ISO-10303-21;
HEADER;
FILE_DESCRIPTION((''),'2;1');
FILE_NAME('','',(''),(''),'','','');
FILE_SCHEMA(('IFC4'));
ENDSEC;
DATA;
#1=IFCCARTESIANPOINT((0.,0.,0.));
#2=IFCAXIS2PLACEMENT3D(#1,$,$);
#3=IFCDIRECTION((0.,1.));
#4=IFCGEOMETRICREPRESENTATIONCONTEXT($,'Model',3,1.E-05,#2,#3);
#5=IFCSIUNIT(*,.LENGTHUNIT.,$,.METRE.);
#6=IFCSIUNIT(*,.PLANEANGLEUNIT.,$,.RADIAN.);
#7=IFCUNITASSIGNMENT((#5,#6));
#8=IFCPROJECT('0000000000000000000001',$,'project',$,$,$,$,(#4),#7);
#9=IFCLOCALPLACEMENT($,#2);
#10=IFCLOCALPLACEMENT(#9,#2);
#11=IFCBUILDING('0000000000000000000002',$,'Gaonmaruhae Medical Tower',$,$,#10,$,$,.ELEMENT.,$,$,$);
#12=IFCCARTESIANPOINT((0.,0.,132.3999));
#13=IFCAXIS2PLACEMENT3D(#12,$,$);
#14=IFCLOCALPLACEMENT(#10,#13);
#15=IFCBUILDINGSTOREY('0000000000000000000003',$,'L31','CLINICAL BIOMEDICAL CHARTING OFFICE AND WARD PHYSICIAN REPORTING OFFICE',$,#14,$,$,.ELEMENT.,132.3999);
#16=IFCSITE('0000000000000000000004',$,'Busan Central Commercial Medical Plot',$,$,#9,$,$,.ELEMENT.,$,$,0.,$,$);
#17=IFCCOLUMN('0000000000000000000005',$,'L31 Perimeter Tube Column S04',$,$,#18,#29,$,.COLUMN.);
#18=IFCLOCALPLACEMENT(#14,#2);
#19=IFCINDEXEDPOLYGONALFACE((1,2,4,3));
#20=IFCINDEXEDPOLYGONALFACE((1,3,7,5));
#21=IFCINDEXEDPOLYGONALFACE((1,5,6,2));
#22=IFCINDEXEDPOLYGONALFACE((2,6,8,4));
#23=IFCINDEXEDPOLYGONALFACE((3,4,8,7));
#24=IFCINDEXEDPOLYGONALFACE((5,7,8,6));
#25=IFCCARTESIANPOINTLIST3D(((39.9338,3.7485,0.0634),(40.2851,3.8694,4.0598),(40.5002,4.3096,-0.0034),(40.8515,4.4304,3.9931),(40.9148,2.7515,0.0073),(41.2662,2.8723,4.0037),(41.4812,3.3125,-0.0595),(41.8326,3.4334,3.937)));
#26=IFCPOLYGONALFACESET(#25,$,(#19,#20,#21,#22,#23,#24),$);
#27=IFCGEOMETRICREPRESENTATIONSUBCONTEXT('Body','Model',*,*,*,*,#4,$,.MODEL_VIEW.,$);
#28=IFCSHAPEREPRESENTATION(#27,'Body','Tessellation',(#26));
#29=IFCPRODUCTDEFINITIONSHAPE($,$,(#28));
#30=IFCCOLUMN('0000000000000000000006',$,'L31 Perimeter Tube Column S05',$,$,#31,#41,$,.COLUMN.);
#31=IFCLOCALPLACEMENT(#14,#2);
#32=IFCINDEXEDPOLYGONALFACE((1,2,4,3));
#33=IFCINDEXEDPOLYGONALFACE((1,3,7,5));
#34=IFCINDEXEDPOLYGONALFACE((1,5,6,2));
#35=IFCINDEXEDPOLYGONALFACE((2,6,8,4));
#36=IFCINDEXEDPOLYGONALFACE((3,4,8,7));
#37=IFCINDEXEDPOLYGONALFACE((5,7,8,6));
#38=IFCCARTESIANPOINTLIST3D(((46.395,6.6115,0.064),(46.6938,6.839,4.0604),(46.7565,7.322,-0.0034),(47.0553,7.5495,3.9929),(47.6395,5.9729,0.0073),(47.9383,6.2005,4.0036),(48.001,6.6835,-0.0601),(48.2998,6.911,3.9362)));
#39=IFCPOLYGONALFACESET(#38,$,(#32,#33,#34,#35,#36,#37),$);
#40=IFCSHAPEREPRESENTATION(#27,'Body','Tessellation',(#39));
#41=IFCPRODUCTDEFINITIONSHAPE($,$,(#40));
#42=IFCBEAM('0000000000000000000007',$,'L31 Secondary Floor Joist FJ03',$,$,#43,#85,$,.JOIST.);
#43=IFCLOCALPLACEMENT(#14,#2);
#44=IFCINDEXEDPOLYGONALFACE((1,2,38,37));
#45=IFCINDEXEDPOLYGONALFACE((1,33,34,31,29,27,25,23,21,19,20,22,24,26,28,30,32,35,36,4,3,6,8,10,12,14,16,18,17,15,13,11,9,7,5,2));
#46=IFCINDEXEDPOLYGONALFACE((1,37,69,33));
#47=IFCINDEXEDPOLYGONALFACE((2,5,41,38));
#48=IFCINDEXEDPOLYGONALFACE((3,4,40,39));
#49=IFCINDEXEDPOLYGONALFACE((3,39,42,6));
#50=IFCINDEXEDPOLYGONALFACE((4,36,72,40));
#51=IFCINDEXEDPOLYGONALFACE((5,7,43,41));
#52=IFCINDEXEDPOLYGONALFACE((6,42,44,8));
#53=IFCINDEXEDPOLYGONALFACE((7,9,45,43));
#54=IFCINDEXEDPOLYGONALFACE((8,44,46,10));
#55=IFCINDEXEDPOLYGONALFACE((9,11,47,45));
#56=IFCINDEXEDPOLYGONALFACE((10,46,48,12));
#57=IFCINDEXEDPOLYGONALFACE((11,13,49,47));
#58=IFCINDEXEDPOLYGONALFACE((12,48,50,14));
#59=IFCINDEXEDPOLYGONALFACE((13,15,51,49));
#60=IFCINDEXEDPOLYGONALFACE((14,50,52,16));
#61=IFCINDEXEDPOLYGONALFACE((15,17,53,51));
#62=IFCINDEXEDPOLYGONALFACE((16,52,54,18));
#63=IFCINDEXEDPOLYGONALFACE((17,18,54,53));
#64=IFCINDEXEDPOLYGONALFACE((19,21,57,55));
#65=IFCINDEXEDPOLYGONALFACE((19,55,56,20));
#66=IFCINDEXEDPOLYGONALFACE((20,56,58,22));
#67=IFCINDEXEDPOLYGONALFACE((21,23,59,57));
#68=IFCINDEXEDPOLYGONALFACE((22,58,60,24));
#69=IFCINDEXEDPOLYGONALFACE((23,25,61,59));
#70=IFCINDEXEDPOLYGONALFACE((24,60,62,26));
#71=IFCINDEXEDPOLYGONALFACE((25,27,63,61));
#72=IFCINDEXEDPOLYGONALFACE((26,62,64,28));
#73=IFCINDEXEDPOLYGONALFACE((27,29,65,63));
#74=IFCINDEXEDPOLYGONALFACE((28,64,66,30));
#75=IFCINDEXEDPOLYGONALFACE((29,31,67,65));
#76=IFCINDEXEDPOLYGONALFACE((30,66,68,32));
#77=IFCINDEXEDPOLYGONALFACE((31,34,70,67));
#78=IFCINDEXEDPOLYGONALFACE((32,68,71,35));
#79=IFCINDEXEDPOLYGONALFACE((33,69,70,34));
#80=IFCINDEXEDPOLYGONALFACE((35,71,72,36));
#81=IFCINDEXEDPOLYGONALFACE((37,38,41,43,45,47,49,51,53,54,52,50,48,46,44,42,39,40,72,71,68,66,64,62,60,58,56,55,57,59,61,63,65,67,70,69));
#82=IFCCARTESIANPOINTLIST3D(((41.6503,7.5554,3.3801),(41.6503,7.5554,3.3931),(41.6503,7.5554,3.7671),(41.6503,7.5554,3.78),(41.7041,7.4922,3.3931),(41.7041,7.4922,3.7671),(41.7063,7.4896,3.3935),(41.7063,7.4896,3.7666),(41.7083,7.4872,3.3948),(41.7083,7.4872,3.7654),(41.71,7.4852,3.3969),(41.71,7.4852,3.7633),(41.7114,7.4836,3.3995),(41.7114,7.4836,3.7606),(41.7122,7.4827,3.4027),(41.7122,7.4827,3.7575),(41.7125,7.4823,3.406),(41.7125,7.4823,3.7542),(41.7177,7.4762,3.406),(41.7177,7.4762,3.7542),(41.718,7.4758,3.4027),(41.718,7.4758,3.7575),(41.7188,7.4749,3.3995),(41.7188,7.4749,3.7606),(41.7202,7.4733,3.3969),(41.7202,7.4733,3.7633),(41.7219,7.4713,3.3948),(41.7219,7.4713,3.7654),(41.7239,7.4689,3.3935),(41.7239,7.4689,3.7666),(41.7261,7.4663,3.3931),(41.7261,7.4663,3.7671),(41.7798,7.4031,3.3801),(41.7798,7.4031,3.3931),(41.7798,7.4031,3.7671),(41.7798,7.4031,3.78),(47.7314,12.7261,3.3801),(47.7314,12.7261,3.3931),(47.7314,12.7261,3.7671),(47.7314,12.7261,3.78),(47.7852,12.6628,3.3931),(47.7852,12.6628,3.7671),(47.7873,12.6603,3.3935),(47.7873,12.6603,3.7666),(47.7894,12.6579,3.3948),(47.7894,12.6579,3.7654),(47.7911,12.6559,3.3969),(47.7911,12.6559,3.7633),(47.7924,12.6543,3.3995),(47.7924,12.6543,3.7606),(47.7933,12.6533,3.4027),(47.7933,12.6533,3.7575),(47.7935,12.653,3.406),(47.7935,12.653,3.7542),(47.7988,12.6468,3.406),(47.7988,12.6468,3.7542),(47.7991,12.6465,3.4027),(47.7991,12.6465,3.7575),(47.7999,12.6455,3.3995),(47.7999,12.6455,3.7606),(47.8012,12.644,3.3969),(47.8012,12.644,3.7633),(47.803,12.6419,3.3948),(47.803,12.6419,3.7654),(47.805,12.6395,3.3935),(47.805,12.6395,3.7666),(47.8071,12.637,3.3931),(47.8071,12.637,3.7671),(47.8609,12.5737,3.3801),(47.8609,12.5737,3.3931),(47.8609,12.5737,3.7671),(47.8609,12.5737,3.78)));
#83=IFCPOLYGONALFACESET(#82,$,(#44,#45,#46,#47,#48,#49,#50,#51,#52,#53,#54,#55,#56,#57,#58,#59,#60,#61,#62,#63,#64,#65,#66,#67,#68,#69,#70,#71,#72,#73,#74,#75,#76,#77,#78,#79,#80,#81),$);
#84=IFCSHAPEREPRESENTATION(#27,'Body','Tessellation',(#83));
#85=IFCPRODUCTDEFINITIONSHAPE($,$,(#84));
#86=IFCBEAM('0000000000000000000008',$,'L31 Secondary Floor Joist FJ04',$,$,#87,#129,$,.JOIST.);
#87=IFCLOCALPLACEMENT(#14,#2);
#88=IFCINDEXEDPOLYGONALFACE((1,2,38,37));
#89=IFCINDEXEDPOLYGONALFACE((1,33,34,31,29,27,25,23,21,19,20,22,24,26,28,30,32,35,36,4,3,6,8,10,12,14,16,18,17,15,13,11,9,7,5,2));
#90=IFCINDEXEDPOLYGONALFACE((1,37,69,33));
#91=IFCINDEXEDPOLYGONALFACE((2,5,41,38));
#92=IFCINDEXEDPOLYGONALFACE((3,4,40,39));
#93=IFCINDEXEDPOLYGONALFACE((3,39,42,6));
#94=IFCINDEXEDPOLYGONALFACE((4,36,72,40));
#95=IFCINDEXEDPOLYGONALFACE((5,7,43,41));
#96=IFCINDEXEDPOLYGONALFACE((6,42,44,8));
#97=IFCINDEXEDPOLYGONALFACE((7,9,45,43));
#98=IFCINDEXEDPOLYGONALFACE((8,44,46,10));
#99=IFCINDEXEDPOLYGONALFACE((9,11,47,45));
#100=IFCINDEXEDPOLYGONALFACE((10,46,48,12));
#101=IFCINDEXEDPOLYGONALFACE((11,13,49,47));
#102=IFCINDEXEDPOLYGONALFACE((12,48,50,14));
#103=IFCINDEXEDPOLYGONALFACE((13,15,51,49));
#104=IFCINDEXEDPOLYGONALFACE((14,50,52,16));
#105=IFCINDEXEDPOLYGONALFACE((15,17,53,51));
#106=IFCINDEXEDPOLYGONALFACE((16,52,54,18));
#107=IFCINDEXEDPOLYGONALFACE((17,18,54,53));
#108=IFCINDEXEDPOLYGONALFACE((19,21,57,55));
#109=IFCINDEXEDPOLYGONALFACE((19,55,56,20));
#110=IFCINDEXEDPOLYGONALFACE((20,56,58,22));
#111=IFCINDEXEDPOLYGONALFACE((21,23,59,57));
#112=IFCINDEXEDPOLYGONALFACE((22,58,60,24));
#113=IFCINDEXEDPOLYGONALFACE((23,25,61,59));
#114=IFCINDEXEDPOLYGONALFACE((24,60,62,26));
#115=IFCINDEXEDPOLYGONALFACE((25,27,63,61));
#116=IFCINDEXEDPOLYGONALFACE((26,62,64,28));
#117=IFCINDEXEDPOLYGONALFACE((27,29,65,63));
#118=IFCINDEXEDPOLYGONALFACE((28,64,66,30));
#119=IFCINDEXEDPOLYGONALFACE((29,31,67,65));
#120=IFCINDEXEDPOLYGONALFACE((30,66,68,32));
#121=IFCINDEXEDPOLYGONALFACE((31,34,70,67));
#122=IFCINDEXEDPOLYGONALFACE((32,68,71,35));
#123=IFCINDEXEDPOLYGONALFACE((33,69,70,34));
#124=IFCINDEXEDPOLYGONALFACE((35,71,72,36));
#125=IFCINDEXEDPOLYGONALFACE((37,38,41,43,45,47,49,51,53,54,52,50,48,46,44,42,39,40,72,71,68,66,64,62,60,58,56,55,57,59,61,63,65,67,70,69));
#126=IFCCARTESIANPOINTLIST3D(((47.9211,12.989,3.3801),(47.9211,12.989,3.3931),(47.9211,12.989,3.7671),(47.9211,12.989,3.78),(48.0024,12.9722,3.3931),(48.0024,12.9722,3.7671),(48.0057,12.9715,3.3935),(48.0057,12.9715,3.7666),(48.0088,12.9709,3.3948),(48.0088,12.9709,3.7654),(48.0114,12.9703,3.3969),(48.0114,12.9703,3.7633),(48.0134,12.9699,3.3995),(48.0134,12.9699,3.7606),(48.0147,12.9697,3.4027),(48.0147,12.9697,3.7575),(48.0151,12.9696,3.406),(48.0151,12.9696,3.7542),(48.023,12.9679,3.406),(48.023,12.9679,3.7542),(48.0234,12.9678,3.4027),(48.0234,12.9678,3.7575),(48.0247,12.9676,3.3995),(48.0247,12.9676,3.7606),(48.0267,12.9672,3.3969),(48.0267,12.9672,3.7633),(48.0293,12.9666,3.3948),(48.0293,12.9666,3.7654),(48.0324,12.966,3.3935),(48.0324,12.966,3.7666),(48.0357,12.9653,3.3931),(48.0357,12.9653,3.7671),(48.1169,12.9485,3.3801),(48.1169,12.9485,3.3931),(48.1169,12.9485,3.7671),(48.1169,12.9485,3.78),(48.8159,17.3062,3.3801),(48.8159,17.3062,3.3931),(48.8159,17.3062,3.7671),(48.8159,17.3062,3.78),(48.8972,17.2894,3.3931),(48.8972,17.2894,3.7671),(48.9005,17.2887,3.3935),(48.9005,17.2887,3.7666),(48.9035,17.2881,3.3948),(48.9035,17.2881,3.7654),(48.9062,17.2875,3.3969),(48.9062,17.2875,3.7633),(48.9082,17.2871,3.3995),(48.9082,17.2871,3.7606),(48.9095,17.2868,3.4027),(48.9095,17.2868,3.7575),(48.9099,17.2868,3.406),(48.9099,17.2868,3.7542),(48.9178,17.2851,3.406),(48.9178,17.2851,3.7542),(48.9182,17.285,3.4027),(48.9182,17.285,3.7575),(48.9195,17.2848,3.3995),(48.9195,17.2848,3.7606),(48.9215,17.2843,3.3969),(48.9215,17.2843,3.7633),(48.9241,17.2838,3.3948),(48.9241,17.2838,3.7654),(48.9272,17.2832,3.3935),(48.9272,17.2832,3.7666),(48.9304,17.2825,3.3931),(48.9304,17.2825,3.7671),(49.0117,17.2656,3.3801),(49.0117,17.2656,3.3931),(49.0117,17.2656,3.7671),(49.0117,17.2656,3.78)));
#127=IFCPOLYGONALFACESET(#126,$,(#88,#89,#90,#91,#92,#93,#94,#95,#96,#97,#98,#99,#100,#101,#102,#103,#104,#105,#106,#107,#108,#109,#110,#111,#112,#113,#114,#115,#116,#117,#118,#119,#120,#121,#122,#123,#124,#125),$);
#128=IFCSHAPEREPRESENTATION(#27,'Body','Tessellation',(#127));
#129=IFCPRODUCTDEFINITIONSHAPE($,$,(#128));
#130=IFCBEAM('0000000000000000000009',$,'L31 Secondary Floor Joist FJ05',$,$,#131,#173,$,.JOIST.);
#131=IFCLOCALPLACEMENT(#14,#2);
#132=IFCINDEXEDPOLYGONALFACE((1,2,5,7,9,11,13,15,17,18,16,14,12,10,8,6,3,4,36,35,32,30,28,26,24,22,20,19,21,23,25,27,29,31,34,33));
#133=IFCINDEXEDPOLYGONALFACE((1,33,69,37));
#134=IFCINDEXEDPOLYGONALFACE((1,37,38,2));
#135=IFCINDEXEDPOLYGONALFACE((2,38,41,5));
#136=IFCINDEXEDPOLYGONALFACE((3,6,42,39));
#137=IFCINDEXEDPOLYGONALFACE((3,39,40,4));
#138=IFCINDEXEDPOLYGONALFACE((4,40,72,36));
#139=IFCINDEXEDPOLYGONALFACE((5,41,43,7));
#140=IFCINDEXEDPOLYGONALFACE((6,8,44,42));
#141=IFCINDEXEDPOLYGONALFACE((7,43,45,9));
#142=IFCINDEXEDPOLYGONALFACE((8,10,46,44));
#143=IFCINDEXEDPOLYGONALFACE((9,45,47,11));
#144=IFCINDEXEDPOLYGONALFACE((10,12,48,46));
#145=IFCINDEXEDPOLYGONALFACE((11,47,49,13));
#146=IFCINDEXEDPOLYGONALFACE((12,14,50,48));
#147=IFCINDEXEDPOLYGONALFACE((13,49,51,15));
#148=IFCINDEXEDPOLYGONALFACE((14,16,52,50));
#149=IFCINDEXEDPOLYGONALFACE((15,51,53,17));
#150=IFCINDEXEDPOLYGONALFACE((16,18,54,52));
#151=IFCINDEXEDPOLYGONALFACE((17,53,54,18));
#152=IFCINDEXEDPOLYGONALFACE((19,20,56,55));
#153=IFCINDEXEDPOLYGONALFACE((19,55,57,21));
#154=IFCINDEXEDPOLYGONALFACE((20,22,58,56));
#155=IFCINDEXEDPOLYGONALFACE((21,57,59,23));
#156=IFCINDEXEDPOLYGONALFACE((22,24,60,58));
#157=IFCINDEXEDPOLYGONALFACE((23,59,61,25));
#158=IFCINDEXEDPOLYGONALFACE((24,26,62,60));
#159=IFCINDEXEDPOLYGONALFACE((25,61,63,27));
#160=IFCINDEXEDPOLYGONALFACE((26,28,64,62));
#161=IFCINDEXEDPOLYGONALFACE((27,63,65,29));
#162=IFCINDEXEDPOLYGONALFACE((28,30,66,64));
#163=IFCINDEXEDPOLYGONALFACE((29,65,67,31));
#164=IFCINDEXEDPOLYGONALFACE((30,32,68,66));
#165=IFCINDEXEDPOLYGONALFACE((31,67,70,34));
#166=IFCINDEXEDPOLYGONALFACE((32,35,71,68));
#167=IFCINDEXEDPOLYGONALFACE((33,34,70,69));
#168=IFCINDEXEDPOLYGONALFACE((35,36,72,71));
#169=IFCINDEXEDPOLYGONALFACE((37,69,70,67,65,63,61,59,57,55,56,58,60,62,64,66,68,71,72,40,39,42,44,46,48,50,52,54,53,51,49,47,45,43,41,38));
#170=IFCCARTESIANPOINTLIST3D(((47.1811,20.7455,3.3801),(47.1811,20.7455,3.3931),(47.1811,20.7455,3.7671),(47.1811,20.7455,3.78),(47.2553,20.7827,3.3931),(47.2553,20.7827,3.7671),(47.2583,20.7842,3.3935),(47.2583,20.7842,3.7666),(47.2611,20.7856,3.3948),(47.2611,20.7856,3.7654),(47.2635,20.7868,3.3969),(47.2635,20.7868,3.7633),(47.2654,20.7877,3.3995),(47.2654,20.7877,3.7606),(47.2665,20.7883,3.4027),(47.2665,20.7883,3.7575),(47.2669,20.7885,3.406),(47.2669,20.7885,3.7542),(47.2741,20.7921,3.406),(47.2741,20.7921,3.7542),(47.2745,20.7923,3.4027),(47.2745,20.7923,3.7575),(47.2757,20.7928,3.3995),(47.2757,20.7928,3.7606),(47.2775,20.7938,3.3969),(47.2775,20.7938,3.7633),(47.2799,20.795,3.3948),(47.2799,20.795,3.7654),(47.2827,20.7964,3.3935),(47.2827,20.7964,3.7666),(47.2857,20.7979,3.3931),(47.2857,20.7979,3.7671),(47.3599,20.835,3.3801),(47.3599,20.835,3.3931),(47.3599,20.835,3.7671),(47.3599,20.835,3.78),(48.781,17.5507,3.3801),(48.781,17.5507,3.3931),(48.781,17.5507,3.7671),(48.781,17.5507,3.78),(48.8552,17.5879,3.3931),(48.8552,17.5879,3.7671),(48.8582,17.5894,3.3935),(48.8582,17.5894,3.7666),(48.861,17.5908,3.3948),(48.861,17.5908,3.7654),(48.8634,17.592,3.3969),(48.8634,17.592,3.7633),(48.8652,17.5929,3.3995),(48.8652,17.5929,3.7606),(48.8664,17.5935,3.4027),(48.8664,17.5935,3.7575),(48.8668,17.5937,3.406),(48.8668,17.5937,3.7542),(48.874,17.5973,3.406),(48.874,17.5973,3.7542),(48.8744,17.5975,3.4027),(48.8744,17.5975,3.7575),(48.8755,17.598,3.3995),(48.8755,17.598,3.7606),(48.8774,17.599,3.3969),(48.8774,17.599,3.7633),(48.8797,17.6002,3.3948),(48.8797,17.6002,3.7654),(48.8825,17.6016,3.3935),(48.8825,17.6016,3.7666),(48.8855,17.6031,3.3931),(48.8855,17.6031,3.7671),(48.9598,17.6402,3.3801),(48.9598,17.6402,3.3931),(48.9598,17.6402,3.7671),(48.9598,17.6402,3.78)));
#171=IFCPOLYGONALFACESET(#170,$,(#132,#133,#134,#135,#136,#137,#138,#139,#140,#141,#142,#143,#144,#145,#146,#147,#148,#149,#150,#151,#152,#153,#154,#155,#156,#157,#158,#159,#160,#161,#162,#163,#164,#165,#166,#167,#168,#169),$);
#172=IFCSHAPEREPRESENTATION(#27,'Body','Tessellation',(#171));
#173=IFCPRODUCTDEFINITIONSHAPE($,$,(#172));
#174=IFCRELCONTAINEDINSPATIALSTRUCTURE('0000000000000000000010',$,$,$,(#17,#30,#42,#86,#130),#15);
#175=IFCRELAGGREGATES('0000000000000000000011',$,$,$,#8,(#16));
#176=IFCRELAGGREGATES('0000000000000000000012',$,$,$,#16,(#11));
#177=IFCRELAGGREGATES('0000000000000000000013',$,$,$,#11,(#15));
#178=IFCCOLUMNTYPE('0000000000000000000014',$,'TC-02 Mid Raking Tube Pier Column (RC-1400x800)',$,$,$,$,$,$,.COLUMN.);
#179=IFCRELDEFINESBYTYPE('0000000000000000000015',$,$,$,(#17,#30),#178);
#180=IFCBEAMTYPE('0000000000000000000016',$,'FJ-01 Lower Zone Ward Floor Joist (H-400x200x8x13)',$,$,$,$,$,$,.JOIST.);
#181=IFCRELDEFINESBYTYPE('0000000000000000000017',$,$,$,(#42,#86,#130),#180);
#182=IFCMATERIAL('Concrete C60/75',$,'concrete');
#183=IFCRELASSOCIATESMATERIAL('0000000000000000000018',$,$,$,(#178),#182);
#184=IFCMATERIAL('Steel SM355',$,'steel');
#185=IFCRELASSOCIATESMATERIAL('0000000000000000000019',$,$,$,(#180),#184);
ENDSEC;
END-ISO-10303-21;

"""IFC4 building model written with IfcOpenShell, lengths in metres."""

from ifc_helpers import new_model, si_unit, direction, frame, origin, origin_2d, place, context, subcontext, project, spatial, rectangle, i_section, extrude, material, material_profile, profile_set, type_object, element, save


model = new_model("IFC4")

# Units and contexts
model_context = context("Model", 3, precision=1e-05, world=origin(), true_north=direction((0.0, 1.0)))
body_context = subcontext(model_context, "Body", "Model", "MODEL_VIEW")
ifc_project = project(units=[si_unit("LENGTHUNIT", "METRE"), si_unit("PLANEANGLEUNIT", "RADIAN")], contexts=[model_context])

# Site, building, storey
site_placement = place(None, origin())
site = spatial("IfcSite", under=ifc_project, at=site_placement, Name="Busan Central Commercial Medical Plot", CompositionType="ELEMENT", RefElevation=0.0)
building_placement = place(site_placement, origin())
building = spatial("IfcBuilding", under=site, at=building_placement, Name="Gaonmaruhae Medical Tower", CompositionType="ELEMENT")
storey_placement = place(building_placement, frame((0.0, 0.0, 132.3999)))
storey = spatial("IfcBuildingStorey", under=building, at=storey_placement, Name="L31", Description="CLINICAL BIOMEDICAL CHARTING OFFICE AND WARD PHYSICIAN REPORTING OFFICE", CompositionType="ELEMENT", Elevation=132.3999)

# Columns
ifc_material_1 = material(Name="Concrete C60/75", Category="concrete")
ifc_material_profile_1 = material_profile(ifc_material_1, rectangle(XDim=1.3999, YDim=0.8, at=origin_2d()), Name="RC-1400x800")
ifc_profile_set_1 = profile_set([ifc_material_profile_1], Name="Concrete C60/75")
column_type = type_object("IfcColumnType", Name="TC-02 Mid Raking Tube Pier Column (RC-1400x800)", PredefinedType="COLUMN", material=ifc_profile_set_1)
column_1_placement = place(storey_placement, frame((40.7075, 3.5305, 0.002), z_axis=(0.087533, 0.03011, 0.995706), x_axis=(-0.700801, 0.71223, 0.04007)))
element("IfcColumn", 1, at=column_1_placement, inside=storey, type_object=column_type, Name="L31 Perimeter Tube Column S04", PredefinedType="COLUMN", context=body_context, shape_type="SweptSolid", body=[
    extrude(rectangle(XDim=1.3999, YDim=0.8, at=origin_2d()), origin(), (0.0, 0.0, 1.0), 4.0137),
])
column_2_placement = place(storey_placement, frame((47.198, 6.6475, 0.002), z_axis=(0.074447, 0.056687, 0.995612), x_axis=(-0.888996, 0.45612, 0.040505)))
element("IfcColumn", 2, at=column_2_placement, inside=storey, type_object=column_type, Name="L31 Perimeter Tube Column S05", PredefinedType="COLUMN", context=body_context, shape_type="SweptSolid", body=[
    extrude(rectangle(XDim=1.3999, YDim=0.8, at=origin_2d()), origin(), (0.0, 0.0, 1.0), 4.0139),
])

# Beams
ifc_material_2 = material(Name="Steel SM355", Category="steel")
ifc_material_profile_2 = material_profile(ifc_material_2, i_section(OverallWidth=0.2, OverallDepth=0.3999, WebThickness=0.0081, FlangeThickness=0.0129, FilletRadius=0.0129, at=origin_2d()), Name="H-400x200x8x13")
ifc_profile_set_2 = profile_set([ifc_material_profile_2], Name="Steel SM355")
beam_type_1 = type_object("IfcBeamType", Name="FJ-01 Lower Zone Ward Floor Joist (H-400x200x8x13)", PredefinedType="JOIST", material=ifc_profile_set_2)
beam_1_placement = place(storey_placement, frame((41.7151, 7.4792, 3.5801), z_axis=(0.761831, 0.647776, 0.0), x_axis=(-0.647776, 0.761831, 0.0)))
element("IfcBeam", 3, at=beam_1_placement, inside=storey, type_object=beam_type_1, Name="L31 Secondary Floor Joist FJ03", PredefinedType="JOIST", context=body_context, shape_type="SweptSolid", body=[
    extrude(i_section(OverallWidth=0.2, OverallDepth=0.3999, WebThickness=0.0081, FlangeThickness=0.0129, FilletRadius=0.0129, at=origin_2d()), origin(), (0.0, 0.0, 1.0), 7.9822),
])
beam_2_placement = place(storey_placement, frame((48.019, 12.9688, 3.5801), z_axis=(0.202948, 0.97919, 0.0), x_axis=(-0.97919, 0.202948, 0.0)))
element("IfcBeam", 4, at=beam_2_placement, inside=storey, type_object=beam_type_1, Name="L31 Secondary Floor Joist FJ04", PredefinedType="JOIST", context=body_context, shape_type="SweptSolid", body=[
    extrude(i_section(OverallWidth=0.2, OverallDepth=0.3999, WebThickness=0.0081, FlangeThickness=0.0129, FilletRadius=0.0129, at=origin_2d()), origin(), (0.0, 0.0, 1.0), 4.4089),
])
beam_3_placement = place(storey_placement, frame((48.8704, 17.5955, 3.5801), z_axis=(-0.44776, 0.894154, 0.0), x_axis=(-0.894154, -0.44776, 0.0)))
element("IfcBeam", 5, at=beam_3_placement, inside=storey, type_object=beam_type_1, Name="L31 Secondary Floor Joist FJ05", PredefinedType="JOIST", context=body_context, shape_type="SweptSolid", body=[
    extrude(i_section(OverallWidth=0.2, OverallDepth=0.3999, WebThickness=0.0081, FlangeThickness=0.0129, FilletRadius=0.0129, at=origin_2d()), origin(), (0.0, 0.0, 1.0), 3.573),
])

save(model, "model.ifc")
